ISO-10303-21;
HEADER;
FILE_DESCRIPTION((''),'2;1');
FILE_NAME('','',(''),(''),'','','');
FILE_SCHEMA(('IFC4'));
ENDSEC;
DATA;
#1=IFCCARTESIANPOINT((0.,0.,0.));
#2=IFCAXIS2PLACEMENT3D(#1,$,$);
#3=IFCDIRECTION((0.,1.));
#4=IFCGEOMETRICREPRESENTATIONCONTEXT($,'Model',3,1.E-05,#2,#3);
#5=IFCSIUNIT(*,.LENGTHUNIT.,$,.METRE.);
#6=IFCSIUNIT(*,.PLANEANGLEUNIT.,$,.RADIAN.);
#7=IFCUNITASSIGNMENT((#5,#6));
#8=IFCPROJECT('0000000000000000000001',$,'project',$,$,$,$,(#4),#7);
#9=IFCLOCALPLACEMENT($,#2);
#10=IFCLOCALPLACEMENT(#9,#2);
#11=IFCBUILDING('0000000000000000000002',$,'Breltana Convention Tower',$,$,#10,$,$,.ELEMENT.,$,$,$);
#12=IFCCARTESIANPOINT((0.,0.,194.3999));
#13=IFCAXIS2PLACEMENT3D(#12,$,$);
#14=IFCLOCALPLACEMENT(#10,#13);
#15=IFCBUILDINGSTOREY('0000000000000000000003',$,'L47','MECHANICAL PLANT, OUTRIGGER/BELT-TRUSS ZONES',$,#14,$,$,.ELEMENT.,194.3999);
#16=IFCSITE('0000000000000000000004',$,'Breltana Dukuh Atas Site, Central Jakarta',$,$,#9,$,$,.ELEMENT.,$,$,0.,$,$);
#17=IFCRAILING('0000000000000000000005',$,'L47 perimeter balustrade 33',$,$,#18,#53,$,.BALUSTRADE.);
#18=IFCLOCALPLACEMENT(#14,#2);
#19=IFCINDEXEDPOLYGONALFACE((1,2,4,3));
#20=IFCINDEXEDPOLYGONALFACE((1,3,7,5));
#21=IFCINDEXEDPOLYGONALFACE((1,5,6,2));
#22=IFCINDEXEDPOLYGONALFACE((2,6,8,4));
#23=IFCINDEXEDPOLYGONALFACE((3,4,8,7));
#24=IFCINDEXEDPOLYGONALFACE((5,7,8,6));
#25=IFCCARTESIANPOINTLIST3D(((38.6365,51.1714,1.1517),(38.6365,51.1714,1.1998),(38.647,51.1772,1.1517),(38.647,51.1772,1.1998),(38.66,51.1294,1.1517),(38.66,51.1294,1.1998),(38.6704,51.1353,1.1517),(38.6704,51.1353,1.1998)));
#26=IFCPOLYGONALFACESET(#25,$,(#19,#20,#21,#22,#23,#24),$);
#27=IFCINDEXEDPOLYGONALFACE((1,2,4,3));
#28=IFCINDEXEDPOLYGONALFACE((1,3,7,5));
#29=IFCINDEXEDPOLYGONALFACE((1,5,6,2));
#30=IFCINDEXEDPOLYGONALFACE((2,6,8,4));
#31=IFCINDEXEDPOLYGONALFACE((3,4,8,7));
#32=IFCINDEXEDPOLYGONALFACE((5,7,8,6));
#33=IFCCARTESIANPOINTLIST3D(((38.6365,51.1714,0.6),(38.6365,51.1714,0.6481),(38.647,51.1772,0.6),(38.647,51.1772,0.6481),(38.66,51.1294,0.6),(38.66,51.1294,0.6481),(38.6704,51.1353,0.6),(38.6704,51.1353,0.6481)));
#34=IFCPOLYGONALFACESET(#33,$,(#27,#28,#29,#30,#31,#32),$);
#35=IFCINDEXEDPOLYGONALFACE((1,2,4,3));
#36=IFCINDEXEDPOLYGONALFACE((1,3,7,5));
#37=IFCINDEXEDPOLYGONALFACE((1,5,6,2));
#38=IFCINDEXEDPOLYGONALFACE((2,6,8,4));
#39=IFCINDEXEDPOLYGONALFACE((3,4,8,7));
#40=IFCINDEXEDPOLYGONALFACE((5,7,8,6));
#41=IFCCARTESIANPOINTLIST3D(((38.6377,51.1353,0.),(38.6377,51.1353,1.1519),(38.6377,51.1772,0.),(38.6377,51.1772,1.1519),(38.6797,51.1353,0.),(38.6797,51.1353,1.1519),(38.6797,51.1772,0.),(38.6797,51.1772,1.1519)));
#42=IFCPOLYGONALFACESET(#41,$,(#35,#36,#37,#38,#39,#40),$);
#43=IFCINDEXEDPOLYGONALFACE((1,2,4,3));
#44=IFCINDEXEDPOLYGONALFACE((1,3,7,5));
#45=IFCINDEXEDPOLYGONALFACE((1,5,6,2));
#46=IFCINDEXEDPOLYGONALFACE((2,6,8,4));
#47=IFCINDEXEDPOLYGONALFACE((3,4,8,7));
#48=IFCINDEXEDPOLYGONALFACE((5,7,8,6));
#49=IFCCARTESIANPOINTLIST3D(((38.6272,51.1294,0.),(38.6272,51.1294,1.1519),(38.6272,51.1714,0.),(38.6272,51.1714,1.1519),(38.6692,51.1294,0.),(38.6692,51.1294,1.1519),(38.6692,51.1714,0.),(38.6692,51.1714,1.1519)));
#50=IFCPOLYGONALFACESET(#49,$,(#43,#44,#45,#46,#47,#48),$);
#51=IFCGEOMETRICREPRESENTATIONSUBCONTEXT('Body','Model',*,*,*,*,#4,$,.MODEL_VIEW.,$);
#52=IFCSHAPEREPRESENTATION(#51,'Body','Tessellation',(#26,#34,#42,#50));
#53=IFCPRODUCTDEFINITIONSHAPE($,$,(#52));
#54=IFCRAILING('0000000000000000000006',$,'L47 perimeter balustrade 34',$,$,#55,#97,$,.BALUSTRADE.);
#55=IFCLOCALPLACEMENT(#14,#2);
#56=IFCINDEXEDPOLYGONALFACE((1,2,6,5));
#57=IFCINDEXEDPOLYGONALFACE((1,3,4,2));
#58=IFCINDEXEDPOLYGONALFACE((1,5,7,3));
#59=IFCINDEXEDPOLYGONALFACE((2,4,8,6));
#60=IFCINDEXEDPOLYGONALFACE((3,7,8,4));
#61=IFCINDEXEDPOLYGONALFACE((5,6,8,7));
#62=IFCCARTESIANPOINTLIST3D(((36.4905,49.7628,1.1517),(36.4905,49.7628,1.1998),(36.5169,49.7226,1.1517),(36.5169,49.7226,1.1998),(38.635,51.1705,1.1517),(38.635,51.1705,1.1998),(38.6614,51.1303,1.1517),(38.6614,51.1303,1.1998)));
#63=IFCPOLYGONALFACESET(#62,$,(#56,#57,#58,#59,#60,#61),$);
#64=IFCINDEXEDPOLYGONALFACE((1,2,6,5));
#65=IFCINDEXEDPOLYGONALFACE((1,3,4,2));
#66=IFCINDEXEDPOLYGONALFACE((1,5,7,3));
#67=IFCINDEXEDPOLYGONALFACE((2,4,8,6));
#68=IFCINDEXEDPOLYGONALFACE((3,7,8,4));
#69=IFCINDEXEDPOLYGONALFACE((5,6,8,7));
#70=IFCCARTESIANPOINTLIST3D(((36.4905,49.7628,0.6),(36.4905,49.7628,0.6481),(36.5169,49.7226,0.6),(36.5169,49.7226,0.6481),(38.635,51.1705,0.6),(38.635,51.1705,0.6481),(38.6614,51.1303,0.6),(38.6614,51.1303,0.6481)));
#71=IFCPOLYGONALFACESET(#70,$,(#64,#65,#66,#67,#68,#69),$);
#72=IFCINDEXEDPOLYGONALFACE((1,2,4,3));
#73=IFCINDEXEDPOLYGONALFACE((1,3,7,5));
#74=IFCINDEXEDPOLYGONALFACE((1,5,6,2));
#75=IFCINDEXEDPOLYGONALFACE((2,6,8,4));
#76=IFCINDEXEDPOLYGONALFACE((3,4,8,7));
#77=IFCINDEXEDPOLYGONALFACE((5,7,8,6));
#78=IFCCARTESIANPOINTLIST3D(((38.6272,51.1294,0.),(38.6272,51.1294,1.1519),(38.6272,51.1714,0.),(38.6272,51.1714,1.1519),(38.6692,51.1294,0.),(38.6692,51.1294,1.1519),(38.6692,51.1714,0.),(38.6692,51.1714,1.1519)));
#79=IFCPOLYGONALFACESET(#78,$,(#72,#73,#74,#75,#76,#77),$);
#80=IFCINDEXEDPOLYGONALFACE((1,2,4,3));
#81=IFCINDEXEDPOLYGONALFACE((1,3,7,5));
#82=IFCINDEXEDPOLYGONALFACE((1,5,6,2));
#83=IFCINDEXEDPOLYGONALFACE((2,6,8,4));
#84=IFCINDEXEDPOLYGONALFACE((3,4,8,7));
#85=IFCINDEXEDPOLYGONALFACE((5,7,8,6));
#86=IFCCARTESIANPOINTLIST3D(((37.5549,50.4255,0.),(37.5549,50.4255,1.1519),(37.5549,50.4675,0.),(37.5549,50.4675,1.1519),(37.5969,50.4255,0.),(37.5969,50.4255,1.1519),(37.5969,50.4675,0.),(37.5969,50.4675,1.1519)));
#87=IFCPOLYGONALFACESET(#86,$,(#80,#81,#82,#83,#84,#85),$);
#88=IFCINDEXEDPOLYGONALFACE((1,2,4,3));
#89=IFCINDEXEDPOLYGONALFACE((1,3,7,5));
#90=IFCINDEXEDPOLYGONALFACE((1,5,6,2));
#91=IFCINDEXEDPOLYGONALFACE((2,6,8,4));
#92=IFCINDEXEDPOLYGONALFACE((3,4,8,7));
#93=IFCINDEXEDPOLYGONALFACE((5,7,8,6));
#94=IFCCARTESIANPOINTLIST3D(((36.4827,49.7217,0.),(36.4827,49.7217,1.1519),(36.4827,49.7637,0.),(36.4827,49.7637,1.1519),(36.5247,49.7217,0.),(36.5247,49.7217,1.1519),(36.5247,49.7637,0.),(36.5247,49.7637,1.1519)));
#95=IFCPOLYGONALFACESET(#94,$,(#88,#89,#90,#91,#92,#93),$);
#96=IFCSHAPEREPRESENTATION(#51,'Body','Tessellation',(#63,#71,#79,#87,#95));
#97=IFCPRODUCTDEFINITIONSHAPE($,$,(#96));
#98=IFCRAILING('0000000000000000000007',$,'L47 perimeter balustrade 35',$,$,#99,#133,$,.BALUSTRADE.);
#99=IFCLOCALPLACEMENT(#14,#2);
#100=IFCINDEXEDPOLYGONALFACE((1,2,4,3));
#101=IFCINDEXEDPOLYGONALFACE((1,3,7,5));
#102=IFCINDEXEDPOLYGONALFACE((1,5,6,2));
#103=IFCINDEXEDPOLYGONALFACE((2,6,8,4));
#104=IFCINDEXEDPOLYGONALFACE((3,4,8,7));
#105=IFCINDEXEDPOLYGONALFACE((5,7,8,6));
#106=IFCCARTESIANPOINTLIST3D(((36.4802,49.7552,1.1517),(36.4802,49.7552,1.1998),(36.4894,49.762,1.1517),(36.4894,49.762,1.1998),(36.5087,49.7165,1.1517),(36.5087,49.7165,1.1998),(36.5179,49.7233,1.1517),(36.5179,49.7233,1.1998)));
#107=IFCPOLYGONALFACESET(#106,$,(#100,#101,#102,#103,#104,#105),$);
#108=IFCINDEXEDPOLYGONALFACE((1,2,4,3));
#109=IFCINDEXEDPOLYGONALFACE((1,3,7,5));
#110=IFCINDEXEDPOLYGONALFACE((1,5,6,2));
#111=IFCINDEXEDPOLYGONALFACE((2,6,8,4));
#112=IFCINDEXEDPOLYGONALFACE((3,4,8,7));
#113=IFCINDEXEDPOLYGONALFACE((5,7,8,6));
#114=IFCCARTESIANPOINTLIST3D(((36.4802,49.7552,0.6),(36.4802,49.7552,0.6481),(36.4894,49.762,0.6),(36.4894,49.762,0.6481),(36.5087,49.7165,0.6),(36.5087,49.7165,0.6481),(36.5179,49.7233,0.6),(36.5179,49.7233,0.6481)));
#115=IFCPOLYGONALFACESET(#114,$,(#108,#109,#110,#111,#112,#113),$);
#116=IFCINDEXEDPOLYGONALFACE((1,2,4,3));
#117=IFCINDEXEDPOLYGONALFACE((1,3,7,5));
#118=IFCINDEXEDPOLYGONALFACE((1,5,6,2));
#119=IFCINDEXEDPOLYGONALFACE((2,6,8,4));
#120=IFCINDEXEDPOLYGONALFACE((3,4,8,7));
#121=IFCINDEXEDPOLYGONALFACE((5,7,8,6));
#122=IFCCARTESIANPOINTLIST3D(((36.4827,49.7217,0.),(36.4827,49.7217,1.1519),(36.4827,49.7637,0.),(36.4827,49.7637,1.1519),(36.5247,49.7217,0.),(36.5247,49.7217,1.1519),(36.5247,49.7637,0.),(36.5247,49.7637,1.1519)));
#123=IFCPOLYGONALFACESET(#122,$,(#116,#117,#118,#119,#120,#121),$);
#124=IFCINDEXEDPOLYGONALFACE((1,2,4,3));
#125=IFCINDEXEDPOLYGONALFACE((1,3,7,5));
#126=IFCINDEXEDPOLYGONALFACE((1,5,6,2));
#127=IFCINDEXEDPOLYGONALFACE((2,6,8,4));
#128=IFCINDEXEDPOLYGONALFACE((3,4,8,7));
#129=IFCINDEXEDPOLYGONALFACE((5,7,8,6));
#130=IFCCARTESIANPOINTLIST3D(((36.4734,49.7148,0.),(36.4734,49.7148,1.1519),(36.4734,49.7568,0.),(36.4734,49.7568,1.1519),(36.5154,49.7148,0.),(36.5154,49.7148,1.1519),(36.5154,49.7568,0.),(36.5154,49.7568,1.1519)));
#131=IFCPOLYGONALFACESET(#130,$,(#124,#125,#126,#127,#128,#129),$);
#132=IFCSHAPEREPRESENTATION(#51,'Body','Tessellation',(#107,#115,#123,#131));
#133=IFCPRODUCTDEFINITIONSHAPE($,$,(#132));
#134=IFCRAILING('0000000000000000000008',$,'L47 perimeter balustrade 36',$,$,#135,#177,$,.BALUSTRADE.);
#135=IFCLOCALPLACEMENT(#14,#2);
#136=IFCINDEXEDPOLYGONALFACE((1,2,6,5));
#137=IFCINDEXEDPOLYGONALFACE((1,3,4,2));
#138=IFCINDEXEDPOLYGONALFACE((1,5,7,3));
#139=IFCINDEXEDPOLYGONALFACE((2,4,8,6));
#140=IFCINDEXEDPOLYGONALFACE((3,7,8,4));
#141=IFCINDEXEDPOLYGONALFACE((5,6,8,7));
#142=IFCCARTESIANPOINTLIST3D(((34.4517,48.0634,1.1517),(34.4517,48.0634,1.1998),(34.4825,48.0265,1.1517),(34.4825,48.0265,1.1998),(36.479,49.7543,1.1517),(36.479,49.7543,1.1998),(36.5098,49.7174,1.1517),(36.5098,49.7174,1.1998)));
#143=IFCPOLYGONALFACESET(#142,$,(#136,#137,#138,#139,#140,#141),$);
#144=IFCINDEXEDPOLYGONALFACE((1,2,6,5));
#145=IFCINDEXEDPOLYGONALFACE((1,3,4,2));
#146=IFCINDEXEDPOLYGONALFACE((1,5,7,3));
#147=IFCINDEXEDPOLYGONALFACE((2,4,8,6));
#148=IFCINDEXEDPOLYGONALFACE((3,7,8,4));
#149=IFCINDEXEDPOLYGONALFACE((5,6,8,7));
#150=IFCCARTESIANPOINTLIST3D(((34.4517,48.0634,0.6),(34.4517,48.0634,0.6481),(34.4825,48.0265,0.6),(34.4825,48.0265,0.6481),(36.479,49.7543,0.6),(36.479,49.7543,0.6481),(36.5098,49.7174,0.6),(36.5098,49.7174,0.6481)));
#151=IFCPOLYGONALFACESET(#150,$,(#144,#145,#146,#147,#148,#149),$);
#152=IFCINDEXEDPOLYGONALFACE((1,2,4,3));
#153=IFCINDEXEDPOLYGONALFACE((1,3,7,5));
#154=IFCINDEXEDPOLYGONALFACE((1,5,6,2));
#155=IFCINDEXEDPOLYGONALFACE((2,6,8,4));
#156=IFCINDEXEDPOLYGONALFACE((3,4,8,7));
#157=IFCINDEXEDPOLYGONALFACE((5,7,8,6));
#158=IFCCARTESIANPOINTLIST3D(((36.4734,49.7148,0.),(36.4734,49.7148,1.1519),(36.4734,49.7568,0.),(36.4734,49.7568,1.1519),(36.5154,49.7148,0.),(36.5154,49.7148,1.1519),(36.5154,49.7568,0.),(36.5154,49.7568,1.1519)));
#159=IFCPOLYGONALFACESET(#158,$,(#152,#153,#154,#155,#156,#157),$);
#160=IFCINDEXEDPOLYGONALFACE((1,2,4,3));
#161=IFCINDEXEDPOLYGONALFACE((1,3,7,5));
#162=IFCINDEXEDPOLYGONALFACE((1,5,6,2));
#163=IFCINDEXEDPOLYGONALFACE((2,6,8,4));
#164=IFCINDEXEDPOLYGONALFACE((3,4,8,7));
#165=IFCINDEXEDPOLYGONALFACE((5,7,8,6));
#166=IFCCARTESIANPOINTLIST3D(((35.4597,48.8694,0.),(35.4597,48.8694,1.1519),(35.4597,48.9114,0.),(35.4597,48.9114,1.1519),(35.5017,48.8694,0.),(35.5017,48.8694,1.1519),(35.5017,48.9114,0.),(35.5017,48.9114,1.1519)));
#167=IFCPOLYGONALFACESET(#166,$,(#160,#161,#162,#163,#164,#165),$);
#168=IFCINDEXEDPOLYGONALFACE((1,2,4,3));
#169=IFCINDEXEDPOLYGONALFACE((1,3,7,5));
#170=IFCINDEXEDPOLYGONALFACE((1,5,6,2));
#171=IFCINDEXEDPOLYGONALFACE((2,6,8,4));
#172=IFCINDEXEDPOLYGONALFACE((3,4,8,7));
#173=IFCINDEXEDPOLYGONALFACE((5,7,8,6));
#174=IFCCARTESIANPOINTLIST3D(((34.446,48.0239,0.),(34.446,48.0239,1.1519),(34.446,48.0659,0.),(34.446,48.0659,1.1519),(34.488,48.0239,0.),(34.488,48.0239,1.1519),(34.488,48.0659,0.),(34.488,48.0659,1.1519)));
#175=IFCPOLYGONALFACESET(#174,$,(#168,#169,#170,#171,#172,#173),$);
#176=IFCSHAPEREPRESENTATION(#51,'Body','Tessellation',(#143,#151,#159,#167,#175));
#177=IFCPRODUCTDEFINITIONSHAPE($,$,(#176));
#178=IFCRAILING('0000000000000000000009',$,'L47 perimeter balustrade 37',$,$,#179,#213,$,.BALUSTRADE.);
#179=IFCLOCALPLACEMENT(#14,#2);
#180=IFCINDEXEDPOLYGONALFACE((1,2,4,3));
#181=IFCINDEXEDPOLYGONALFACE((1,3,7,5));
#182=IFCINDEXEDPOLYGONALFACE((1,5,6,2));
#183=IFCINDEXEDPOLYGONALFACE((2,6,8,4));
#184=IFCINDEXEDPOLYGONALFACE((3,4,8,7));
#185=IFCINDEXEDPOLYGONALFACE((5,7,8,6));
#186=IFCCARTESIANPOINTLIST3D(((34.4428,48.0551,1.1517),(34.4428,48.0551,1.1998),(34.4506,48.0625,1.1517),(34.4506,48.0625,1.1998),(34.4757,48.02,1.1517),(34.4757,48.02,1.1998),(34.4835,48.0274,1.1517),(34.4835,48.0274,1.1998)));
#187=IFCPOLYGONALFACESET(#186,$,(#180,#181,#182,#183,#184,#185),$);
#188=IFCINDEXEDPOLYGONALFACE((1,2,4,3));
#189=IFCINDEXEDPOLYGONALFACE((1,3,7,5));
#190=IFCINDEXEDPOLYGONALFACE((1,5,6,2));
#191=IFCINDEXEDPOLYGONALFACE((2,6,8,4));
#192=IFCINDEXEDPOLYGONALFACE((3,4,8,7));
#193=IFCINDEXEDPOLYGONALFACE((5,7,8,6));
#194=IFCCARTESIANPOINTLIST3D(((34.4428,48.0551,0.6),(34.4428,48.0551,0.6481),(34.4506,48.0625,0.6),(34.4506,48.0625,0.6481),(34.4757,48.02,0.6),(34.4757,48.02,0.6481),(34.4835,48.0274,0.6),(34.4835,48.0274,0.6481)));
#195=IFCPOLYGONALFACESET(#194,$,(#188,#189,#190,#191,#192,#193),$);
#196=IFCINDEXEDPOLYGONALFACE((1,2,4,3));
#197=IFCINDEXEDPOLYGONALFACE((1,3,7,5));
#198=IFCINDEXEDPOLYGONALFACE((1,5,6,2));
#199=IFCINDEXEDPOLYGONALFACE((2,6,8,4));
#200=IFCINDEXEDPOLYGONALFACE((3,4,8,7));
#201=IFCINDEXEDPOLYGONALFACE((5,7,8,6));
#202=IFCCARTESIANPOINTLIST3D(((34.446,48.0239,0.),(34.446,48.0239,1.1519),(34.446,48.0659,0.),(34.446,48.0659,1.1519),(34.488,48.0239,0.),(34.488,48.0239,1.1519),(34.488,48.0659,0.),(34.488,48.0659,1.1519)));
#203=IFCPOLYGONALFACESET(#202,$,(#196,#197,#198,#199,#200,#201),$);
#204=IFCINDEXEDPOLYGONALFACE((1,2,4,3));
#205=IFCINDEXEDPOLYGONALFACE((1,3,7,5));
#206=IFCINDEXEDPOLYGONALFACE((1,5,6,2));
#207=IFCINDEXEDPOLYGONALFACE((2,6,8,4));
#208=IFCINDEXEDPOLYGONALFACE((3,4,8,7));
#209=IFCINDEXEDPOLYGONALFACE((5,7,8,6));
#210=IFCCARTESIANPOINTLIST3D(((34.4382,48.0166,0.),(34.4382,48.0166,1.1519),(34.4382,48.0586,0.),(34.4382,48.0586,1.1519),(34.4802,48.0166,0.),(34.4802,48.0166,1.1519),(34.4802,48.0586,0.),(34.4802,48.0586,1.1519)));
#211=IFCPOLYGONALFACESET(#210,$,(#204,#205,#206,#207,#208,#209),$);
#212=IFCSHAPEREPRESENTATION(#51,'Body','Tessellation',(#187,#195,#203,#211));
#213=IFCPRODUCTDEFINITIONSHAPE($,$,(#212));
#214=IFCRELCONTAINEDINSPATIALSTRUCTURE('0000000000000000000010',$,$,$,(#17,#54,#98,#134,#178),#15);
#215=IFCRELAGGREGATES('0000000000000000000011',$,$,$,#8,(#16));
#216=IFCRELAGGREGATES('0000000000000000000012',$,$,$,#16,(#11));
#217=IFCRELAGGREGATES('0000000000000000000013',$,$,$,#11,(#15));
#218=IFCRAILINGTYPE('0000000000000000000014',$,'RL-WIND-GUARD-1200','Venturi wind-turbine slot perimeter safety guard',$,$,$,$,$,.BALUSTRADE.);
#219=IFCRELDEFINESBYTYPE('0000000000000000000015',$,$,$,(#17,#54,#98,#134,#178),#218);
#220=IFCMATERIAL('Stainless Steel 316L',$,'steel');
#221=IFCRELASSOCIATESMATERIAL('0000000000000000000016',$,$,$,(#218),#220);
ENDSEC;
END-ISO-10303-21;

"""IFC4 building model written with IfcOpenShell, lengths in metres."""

from ifc_helpers import new_model, si_unit, direction, frame, origin, origin_2d, place, context, subcontext, project, spatial, rectangle, extrude, material, type_object, element, save


model = new_model("IFC4")

# Units and contexts
model_context = context("Model", 3, precision=1e-05, world=origin(), true_north=direction((0.0, 1.0)))
body_context = subcontext(model_context, "Body", "Model", "MODEL_VIEW")
ifc_project = project(units=[si_unit("LENGTHUNIT", "METRE"), si_unit("PLANEANGLEUNIT", "RADIAN")], contexts=[model_context])

# Site, building, storey
site_placement = place(None, origin())
site = spatial("IfcSite", under=ifc_project, at=site_placement, Name="Breltana Dukuh Atas Site, Central Jakarta", CompositionType="ELEMENT", RefElevation=0.0)
building_placement = place(site_placement, origin())
building = spatial("IfcBuilding", under=site, at=building_placement, Name="Breltana Convention Tower", CompositionType="ELEMENT")
storey_placement = place(building_placement, frame((0.0, 0.0, 194.3999)))
storey = spatial("IfcBuildingStorey", under=building, at=storey_placement, Name="L47", Description="MECHANICAL PLANT, OUTRIGGER/BELT-TRUSS ZONES", CompositionType="ELEMENT", Elevation=194.3999)

# Railings
ifc_material_1 = material(Name="Stainless Steel 316L", Category="steel")
railing_type = type_object("IfcRailingType", Name="RL-WIND-GUARD-1200", Description="Venturi wind-turbine slot perimeter safety guard", PredefinedType="BALUSTRADE", material=ifc_material_1)
railing_1_placement = place(storey_placement, frame((38.6587, 51.1562, 0.0)))
element("IfcRailing", 1, at=railing_1_placement, inside=storey, type_object=railing_type, Name="L47 perimeter balustrade 33", PredefinedType="BALUSTRADE", context=body_context, shape_type="SweptSolid", body=[
    extrude(rectangle(XDim=0.0481, YDim=0.0481, at=origin_2d()), frame((0.0, 0.0, 1.1758), z_axis=(-0.873198, -0.487366, 0.0), x_axis=(0.487366, -0.873198, 0.0)), (0.0, 0.0, 1.0), 0.012),
    extrude(rectangle(XDim=0.0481, YDim=0.0481, at=origin_2d()), frame((0.0, 0.0, 0.624), z_axis=(-0.873198, -0.487366, 0.0), x_axis=(0.487366, -0.873198, 0.0)), (0.0, 0.0, 1.0), 0.012),
    extrude(rectangle(XDim=0.042, YDim=0.042, at=origin_2d()), origin(), (0.0, 0.0, 1.0), 1.1519),
    extrude(rectangle(XDim=0.042, YDim=0.042, at=origin_2d()), frame((-0.0105, -0.0059, 0.0)), (0.0, 0.0, 1.0), 1.1519),
])
railing_2_placement = place(storey_placement, frame((38.6482, 51.1504, 0.0)))
element("IfcRailing", 2, at=railing_2_placement, inside=storey, type_object=railing_type, Name="L47 perimeter balustrade 34", PredefinedType="BALUSTRADE", context=body_context, shape_type="SweptSolid", body=[
    extrude(rectangle(XDim=0.0481, YDim=0.0481, at=origin_2d()), frame((0.0, 0.0, 1.1758), z_axis=(-0.835982, -0.548756, 0.0), x_axis=(0.548756, -0.835982, 0.0)), (0.0, 0.0, 1.0), 2.5652),
    extrude(rectangle(XDim=0.0481, YDim=0.0481, at=origin_2d()), frame((0.0, 0.0, 0.624), z_axis=(-0.835982, -0.548756, 0.0), x_axis=(0.548756, -0.835982, 0.0)), (0.0, 0.0, 1.0), 2.5652),
    extrude(rectangle(XDim=0.042, YDim=0.042, at=origin_2d()), origin(), (0.0, 0.0, 1.0), 1.1519),
    extrude(rectangle(XDim=0.042, YDim=0.042, at=origin_2d()), frame((-1.0723, -0.7039, 0.0)), (0.0, 0.0, 1.0), 1.1519),
    extrude(rectangle(XDim=0.042, YDim=0.042, at=origin_2d()), frame((-2.1445, -1.4077, 0.0)), (0.0, 0.0, 1.0), 1.1519),
])
railing_3_placement = place(storey_placement, frame((36.5037, 49.7427, 0.0)))
element("IfcRailing", 3, at=railing_3_placement, inside=storey, type_object=railing_type, Name="L47 perimeter balustrade 35", PredefinedType="BALUSTRADE", context=body_context, shape_type="SweptSolid", body=[
    extrude(rectangle(XDim=0.0481, YDim=0.0481, at=origin_2d()), frame((0.0, 0.0, 1.1758), z_axis=(-0.805056, -0.593199, 0.0), x_axis=(0.593199, -0.805056, 0.0)), (0.0, 0.0, 1.0), 0.0115),
    extrude(rectangle(XDim=0.0481, YDim=0.0481, at=origin_2d()), frame((0.0, 0.0, 0.624), z_axis=(-0.805056, -0.593199, 0.0), x_axis=(0.593199, -0.805056, 0.0)), (0.0, 0.0, 1.0), 0.0115),
    extrude(rectangle(XDim=0.042, YDim=0.042, at=origin_2d()), origin(), (0.0, 0.0, 1.0), 1.1519),
    extrude(rectangle(XDim=0.042, YDim=0.042, at=origin_2d()), frame((-0.0093, -0.0068, 0.0)), (0.0, 0.0, 1.0), 1.1519),
])
railing_4_placement = place(storey_placement, frame((36.4944, 49.7358, 0.0)))
element("IfcRailing", 4, at=railing_4_placement, inside=storey, type_object=railing_type, Name="L47 perimeter balustrade 36", PredefinedType="BALUSTRADE", context=body_context, shape_type="SweptSolid", body=[
    extrude(rectangle(XDim=0.0481, YDim=0.0481, at=origin_2d()), frame((0.0, 0.0, 1.1758), z_axis=(-0.767948, -0.640512, 0.0), x_axis=(0.640512, -0.767948, 0.0)), (0.0, 0.0, 1.0), 2.6399),
    extrude(rectangle(XDim=0.0481, YDim=0.0481, at=origin_2d()), frame((0.0, 0.0, 0.624), z_axis=(-0.767948, -0.640512, 0.0), x_axis=(0.640512, -0.767948, 0.0)), (0.0, 0.0, 1.0), 2.6399),
    extrude(rectangle(XDim=0.042, YDim=0.042, at=origin_2d()), origin(), (0.0, 0.0, 1.0), 1.1519),
    extrude(rectangle(XDim=0.042, YDim=0.042, at=origin_2d()), frame((-1.0137, -0.8455, 0.0)), (0.0, 0.0, 1.0), 1.1519),
    extrude(rectangle(XDim=0.042, YDim=0.042, at=origin_2d()), frame((-2.0273, -1.6909, 0.0)), (0.0, 0.0, 1.0), 1.1519),
])
railing_5_placement = place(storey_placement, frame((34.467, 48.0449, 0.0)))
element("IfcRailing", 5, at=railing_5_placement, inside=storey, type_object=railing_type, Name="L47 perimeter balustrade 37", PredefinedType="BALUSTRADE", context=body_context, shape_type="SweptSolid", body=[
    extrude(rectangle(XDim=0.0481, YDim=0.0481, at=origin_2d()), frame((0.0, 0.0, 1.1758), z_axis=(-0.729537, -0.683941, 0.0), x_axis=(0.683941, -0.729537, 0.0)), (0.0, 0.0, 1.0), 0.0107),
    extrude(rectangle(XDim=0.0481, YDim=0.0481, at=origin_2d()), frame((0.0, 0.0, 0.624), z_axis=(-0.729537, -0.683941, 0.0), x_axis=(0.683941, -0.729537, 0.0)), (0.0, 0.0, 1.0), 0.0107),
    extrude(rectangle(XDim=0.042, YDim=0.042, at=origin_2d()), origin(), (0.0, 0.0, 1.0), 1.1519),
    extrude(rectangle(XDim=0.042, YDim=0.042, at=origin_2d()), frame((-0.0078, -0.0073, 0.0)), (0.0, 0.0, 1.0), 1.1519),
])

save(model, "model.ifc")
